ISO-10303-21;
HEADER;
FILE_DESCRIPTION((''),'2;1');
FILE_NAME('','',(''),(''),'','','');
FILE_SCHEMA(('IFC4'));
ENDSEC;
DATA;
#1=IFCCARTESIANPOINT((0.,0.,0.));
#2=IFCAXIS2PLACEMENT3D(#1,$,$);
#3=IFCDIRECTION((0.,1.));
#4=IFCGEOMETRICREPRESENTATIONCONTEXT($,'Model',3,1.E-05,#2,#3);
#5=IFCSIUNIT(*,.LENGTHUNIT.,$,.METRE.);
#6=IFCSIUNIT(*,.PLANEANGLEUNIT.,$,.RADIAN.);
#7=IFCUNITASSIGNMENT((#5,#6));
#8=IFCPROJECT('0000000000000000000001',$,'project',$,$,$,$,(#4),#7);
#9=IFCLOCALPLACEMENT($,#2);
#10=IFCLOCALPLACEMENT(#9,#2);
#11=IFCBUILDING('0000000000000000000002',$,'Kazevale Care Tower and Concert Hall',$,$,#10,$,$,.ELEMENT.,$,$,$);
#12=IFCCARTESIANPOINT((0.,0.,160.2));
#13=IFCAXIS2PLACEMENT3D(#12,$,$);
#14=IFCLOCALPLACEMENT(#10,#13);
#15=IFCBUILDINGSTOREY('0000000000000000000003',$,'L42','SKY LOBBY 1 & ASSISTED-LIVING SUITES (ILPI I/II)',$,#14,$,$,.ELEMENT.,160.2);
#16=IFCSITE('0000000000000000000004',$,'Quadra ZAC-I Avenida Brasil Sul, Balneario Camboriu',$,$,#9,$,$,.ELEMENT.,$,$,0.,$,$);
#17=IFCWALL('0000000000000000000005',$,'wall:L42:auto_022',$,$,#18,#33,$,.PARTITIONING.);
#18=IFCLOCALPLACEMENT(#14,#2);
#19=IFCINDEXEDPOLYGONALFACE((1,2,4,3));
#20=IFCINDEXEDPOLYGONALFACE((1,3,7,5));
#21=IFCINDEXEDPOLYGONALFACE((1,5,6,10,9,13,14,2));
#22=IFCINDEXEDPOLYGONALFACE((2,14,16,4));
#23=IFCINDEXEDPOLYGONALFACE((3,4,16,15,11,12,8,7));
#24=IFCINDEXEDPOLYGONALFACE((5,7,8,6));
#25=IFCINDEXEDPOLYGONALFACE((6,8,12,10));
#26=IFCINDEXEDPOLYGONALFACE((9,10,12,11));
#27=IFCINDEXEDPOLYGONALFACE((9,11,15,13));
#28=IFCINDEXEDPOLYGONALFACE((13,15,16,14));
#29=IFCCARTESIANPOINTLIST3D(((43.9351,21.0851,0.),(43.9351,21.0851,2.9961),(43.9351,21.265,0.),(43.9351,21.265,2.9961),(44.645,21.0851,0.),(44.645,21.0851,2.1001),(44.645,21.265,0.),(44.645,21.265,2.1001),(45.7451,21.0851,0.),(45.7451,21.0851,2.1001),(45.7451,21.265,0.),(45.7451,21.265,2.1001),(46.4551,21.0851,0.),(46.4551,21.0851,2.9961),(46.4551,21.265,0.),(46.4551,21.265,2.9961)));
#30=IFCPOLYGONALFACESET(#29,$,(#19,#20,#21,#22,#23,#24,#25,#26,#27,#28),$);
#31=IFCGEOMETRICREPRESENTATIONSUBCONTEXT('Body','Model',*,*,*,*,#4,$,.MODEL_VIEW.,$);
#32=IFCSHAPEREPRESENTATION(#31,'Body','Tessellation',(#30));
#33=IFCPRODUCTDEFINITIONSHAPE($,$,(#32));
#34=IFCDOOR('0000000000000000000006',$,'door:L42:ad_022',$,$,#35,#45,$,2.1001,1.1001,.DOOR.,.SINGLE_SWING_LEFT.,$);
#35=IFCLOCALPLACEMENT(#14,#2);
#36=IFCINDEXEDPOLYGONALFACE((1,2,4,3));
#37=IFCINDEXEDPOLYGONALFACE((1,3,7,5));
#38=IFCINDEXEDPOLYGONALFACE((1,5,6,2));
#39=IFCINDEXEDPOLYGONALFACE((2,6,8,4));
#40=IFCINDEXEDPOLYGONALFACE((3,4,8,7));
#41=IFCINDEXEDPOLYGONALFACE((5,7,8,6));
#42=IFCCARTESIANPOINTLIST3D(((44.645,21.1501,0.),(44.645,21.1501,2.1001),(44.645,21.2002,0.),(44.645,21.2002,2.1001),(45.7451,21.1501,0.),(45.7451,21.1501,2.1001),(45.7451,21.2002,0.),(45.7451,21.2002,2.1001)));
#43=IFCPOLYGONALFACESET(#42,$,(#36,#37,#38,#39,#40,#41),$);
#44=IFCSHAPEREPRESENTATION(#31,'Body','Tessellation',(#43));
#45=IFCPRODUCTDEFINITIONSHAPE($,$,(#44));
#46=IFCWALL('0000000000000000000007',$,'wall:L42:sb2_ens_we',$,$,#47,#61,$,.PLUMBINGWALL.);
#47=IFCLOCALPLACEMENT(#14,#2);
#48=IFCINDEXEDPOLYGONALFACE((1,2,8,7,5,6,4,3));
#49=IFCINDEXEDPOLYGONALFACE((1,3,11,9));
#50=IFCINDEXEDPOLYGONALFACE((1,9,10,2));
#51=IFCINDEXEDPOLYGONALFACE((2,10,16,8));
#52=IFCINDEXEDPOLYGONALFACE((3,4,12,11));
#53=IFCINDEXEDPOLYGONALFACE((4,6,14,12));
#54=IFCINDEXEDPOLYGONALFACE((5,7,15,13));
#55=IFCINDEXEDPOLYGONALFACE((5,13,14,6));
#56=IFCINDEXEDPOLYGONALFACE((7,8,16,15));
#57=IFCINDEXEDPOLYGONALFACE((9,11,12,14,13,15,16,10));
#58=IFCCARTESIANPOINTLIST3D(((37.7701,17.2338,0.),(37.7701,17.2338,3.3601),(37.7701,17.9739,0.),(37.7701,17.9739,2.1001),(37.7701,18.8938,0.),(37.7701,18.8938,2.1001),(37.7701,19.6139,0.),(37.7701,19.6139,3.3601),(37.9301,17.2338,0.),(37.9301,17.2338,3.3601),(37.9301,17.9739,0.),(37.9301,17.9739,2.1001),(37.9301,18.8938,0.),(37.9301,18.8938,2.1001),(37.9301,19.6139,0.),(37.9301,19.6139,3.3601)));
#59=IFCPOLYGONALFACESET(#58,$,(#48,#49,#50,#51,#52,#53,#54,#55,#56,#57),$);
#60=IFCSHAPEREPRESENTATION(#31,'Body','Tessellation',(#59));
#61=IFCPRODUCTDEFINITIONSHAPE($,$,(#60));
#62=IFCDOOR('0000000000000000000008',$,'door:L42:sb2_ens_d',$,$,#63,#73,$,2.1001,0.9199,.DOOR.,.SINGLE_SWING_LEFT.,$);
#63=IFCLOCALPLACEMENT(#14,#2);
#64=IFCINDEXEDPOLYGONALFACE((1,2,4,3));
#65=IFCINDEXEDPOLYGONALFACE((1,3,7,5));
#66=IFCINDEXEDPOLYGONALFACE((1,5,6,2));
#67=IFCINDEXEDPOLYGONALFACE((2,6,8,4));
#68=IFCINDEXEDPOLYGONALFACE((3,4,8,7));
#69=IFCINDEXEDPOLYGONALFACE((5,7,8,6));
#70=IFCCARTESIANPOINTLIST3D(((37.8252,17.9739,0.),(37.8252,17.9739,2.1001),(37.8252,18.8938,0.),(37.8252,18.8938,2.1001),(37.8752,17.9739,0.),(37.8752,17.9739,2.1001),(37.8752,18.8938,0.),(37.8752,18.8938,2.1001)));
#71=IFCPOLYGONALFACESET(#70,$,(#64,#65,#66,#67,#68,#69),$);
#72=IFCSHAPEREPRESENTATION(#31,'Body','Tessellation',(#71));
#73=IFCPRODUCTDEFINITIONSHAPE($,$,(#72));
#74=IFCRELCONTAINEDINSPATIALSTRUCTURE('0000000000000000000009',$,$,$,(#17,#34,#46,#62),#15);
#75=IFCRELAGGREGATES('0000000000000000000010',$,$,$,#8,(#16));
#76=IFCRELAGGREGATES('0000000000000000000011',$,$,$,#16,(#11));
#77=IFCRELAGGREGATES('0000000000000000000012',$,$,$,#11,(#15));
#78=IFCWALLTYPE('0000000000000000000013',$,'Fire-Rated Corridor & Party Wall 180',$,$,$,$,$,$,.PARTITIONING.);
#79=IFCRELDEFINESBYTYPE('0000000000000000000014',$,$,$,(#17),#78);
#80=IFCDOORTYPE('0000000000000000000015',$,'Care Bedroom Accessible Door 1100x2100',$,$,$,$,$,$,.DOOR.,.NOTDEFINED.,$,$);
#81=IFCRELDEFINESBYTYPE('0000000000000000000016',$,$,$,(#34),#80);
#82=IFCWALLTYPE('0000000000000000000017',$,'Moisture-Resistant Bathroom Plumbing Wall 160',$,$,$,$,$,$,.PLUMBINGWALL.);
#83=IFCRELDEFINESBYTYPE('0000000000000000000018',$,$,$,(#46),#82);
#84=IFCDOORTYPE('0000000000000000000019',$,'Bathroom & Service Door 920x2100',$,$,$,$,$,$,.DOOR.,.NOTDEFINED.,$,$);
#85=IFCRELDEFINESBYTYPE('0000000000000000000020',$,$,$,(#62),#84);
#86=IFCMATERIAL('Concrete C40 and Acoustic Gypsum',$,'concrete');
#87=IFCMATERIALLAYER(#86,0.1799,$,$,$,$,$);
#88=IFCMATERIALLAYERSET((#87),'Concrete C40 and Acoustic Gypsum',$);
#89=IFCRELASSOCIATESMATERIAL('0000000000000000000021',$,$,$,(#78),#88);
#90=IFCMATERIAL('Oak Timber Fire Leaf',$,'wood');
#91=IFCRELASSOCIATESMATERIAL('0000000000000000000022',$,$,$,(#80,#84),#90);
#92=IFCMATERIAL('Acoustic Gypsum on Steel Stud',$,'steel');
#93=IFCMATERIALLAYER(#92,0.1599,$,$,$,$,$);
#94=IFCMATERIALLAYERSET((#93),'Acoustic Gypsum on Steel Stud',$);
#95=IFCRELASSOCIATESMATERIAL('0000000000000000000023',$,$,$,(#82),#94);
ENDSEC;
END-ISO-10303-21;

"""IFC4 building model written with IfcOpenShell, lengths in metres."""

from ifc_helpers import new_model, si_unit, direction, frame, frame_2d, origin, place, context, subcontext, project, spatial, rectangle, extrude, material, layer, layer_set, type_object, element, fill, save


model = new_model("IFC4")

# Units and contexts
model_context = context("Model", 3, precision=1e-05, world=origin(), true_north=direction((0.0, 1.0)))
body_context = subcontext(model_context, "Body", "Model", "MODEL_VIEW")
ifc_project = project(units=[si_unit("LENGTHUNIT", "METRE"), si_unit("PLANEANGLEUNIT", "RADIAN")], contexts=[model_context])

# Site, building, storey
site_placement = place(None, origin())
site = spatial("IfcSite", under=ifc_project, at=site_placement, Name="Quadra ZAC-I Avenida Brasil Sul, Balneario Camboriu", CompositionType="ELEMENT", RefElevation=0.0)
building_placement = place(site_placement, origin())
building = spatial("IfcBuilding", under=site, at=building_placement, Name="Kazevale Care Tower and Concert Hall", CompositionType="ELEMENT")
storey_placement = place(building_placement, frame((0.0, 0.0, 160.2)))
storey = spatial("IfcBuildingStorey", under=building, at=storey_placement, Name="L42", Description="SKY LOBBY 1 & ASSISTED-LIVING SUITES (ILPI I/II)", CompositionType="ELEMENT", Elevation=160.2)

# Shared definitions
ifc_material_1 = material(Name="Acoustic Gypsum on Steel Stud", Category="steel")

# Walls, openings, doors
ifc_material_2 = material(Name="Concrete C40 and Acoustic Gypsum", Category="concrete")
ifc_layer_1 = layer(ifc_material_2, 0.1799)
ifc_layer_set_1 = layer_set([ifc_layer_1], Name="Concrete C40 and Acoustic Gypsum")
wall_type_1 = type_object("IfcWallType", Name="Fire-Rated Corridor & Party Wall 180", PredefinedType="PARTITIONING", material=ifc_layer_set_1)
ifc_material_3 = material(Name="Oak Timber Fire Leaf", Category="wood")
door_type_1 = type_object("IfcDoorType", Name="Care Bedroom Accessible Door 1100x2100", OperationType="NOTDEFINED", PredefinedType="DOOR", material=ifc_material_3)
wall_1_placement = place(storey_placement, frame((46.4551, 21.175, 0.0), z_axis=(0.0, 0.0, 1.0), x_axis=(-1.0, 0.0, 0.0)))
wall_1 = element("IfcWall", 1, at=wall_1_placement, inside=storey, type_object=wall_type_1, Name="wall:L42:auto_022", PredefinedType="PARTITIONING", context=body_context, shape_type="SweptSolid", body=[
    extrude(rectangle(XDim=2.52, YDim=0.1799, at=frame_2d((1.26, 0.0))), origin(), (0.0, 0.0, 1.0), 2.9961),
])
opening_1_placement = place(wall_1_placement, frame((0.71, 0.0, 0.0)))
opening_1 = element("IfcOpeningElement", 2, at=opening_1_placement, cuts=wall_1, PredefinedType="OPENING", context=body_context, shape_type="SweptSolid", body=[
    extrude(rectangle(XDim=1.1001, YDim=2.1001, at=frame_2d((0.55, 1.05))), frame((0.0, 0.0999, 0.0), z_axis=(0.0, -1.0, 0.0), x_axis=(1.0, 0.0, 0.0)), (0.0, 0.0, 1.0), 0.2),
])
door_1_placement = place(opening_1_placement, origin())
door_1 = element("IfcDoor", 3, at=door_1_placement, inside=storey, type_object=door_type_1, Name="door:L42:ad_022", OperationType="SINGLE_SWING_LEFT", OverallHeight=2.1001, OverallWidth=1.1001, PredefinedType="DOOR", context=body_context, shape_type="SweptSolid", body=[
    extrude(rectangle(XDim=1.1001, YDim=2.1001, at=frame_2d((0.55, 1.05))), frame((0.0, 0.0249, 0.0), z_axis=(0.0, -1.0, 0.0), x_axis=(1.0, 0.0, 0.0)), (0.0, 0.0, 1.0), 0.05),
])
fill(opening_1, door_1)
ifc_layer_2 = layer(ifc_material_1, 0.1599)
ifc_layer_set_2 = layer_set([ifc_layer_2], Name="Acoustic Gypsum on Steel Stud")
wall_type_2 = type_object("IfcWallType", Name="Moisture-Resistant Bathroom Plumbing Wall 160", PredefinedType="PLUMBINGWALL", material=ifc_layer_set_2)
wall_2_placement = place(storey_placement, frame((37.8501, 17.2339, 0.0), z_axis=(0.0, 0.0, 1.0), x_axis=(0.0, 1.0, 0.0)))
wall_2 = element("IfcWall", 4, at=wall_2_placement, inside=storey, type_object=wall_type_2, Name="wall:L42:sb2_ens_we", PredefinedType="PLUMBINGWALL", context=body_context, shape_type="SweptSolid", body=[
    extrude(rectangle(XDim=2.3801, YDim=0.1599, at=frame_2d((1.1899, 0.0))), origin(), (0.0, 0.0, 1.0), 3.3601),
])
opening_2_placement = place(wall_2_placement, frame((0.74, 0.0, 0.0)))
opening_2 = element("IfcOpeningElement", 5, at=opening_2_placement, cuts=wall_2, PredefinedType="OPENING", context=body_context, shape_type="SweptSolid", body=[
    extrude(rectangle(XDim=0.9199, YDim=2.1001, at=frame_2d((0.46, 1.05))), frame((0.0, 0.0898, 0.0), z_axis=(0.0, -1.0, 0.0), x_axis=(1.0, 0.0, 0.0)), (0.0, 0.0, 1.0), 0.1799),
])
door_type_2 = type_object("IfcDoorType", Name="Bathroom & Service Door 920x2100", OperationType="NOTDEFINED", PredefinedType="DOOR", material=ifc_material_3)
door_2_placement = place(opening_2_placement, origin())
door_2 = element("IfcDoor", 6, at=door_2_placement, inside=storey, type_object=door_type_2, Name="door:L42:sb2_ens_d", OperationType="SINGLE_SWING_LEFT", OverallHeight=2.1001, OverallWidth=0.9199, PredefinedType="DOOR", context=body_context, shape_type="SweptSolid", body=[
    extrude(rectangle(XDim=0.9199, YDim=2.1001, at=frame_2d((0.46, 1.05))), frame((0.0, 0.0249, 0.0), z_axis=(0.0, -1.0, 0.0), x_axis=(1.0, 0.0, 0.0)), (0.0, 0.0, 1.0), 0.05),
])
fill(opening_2, door_2)

save(model, "model.ifc")
